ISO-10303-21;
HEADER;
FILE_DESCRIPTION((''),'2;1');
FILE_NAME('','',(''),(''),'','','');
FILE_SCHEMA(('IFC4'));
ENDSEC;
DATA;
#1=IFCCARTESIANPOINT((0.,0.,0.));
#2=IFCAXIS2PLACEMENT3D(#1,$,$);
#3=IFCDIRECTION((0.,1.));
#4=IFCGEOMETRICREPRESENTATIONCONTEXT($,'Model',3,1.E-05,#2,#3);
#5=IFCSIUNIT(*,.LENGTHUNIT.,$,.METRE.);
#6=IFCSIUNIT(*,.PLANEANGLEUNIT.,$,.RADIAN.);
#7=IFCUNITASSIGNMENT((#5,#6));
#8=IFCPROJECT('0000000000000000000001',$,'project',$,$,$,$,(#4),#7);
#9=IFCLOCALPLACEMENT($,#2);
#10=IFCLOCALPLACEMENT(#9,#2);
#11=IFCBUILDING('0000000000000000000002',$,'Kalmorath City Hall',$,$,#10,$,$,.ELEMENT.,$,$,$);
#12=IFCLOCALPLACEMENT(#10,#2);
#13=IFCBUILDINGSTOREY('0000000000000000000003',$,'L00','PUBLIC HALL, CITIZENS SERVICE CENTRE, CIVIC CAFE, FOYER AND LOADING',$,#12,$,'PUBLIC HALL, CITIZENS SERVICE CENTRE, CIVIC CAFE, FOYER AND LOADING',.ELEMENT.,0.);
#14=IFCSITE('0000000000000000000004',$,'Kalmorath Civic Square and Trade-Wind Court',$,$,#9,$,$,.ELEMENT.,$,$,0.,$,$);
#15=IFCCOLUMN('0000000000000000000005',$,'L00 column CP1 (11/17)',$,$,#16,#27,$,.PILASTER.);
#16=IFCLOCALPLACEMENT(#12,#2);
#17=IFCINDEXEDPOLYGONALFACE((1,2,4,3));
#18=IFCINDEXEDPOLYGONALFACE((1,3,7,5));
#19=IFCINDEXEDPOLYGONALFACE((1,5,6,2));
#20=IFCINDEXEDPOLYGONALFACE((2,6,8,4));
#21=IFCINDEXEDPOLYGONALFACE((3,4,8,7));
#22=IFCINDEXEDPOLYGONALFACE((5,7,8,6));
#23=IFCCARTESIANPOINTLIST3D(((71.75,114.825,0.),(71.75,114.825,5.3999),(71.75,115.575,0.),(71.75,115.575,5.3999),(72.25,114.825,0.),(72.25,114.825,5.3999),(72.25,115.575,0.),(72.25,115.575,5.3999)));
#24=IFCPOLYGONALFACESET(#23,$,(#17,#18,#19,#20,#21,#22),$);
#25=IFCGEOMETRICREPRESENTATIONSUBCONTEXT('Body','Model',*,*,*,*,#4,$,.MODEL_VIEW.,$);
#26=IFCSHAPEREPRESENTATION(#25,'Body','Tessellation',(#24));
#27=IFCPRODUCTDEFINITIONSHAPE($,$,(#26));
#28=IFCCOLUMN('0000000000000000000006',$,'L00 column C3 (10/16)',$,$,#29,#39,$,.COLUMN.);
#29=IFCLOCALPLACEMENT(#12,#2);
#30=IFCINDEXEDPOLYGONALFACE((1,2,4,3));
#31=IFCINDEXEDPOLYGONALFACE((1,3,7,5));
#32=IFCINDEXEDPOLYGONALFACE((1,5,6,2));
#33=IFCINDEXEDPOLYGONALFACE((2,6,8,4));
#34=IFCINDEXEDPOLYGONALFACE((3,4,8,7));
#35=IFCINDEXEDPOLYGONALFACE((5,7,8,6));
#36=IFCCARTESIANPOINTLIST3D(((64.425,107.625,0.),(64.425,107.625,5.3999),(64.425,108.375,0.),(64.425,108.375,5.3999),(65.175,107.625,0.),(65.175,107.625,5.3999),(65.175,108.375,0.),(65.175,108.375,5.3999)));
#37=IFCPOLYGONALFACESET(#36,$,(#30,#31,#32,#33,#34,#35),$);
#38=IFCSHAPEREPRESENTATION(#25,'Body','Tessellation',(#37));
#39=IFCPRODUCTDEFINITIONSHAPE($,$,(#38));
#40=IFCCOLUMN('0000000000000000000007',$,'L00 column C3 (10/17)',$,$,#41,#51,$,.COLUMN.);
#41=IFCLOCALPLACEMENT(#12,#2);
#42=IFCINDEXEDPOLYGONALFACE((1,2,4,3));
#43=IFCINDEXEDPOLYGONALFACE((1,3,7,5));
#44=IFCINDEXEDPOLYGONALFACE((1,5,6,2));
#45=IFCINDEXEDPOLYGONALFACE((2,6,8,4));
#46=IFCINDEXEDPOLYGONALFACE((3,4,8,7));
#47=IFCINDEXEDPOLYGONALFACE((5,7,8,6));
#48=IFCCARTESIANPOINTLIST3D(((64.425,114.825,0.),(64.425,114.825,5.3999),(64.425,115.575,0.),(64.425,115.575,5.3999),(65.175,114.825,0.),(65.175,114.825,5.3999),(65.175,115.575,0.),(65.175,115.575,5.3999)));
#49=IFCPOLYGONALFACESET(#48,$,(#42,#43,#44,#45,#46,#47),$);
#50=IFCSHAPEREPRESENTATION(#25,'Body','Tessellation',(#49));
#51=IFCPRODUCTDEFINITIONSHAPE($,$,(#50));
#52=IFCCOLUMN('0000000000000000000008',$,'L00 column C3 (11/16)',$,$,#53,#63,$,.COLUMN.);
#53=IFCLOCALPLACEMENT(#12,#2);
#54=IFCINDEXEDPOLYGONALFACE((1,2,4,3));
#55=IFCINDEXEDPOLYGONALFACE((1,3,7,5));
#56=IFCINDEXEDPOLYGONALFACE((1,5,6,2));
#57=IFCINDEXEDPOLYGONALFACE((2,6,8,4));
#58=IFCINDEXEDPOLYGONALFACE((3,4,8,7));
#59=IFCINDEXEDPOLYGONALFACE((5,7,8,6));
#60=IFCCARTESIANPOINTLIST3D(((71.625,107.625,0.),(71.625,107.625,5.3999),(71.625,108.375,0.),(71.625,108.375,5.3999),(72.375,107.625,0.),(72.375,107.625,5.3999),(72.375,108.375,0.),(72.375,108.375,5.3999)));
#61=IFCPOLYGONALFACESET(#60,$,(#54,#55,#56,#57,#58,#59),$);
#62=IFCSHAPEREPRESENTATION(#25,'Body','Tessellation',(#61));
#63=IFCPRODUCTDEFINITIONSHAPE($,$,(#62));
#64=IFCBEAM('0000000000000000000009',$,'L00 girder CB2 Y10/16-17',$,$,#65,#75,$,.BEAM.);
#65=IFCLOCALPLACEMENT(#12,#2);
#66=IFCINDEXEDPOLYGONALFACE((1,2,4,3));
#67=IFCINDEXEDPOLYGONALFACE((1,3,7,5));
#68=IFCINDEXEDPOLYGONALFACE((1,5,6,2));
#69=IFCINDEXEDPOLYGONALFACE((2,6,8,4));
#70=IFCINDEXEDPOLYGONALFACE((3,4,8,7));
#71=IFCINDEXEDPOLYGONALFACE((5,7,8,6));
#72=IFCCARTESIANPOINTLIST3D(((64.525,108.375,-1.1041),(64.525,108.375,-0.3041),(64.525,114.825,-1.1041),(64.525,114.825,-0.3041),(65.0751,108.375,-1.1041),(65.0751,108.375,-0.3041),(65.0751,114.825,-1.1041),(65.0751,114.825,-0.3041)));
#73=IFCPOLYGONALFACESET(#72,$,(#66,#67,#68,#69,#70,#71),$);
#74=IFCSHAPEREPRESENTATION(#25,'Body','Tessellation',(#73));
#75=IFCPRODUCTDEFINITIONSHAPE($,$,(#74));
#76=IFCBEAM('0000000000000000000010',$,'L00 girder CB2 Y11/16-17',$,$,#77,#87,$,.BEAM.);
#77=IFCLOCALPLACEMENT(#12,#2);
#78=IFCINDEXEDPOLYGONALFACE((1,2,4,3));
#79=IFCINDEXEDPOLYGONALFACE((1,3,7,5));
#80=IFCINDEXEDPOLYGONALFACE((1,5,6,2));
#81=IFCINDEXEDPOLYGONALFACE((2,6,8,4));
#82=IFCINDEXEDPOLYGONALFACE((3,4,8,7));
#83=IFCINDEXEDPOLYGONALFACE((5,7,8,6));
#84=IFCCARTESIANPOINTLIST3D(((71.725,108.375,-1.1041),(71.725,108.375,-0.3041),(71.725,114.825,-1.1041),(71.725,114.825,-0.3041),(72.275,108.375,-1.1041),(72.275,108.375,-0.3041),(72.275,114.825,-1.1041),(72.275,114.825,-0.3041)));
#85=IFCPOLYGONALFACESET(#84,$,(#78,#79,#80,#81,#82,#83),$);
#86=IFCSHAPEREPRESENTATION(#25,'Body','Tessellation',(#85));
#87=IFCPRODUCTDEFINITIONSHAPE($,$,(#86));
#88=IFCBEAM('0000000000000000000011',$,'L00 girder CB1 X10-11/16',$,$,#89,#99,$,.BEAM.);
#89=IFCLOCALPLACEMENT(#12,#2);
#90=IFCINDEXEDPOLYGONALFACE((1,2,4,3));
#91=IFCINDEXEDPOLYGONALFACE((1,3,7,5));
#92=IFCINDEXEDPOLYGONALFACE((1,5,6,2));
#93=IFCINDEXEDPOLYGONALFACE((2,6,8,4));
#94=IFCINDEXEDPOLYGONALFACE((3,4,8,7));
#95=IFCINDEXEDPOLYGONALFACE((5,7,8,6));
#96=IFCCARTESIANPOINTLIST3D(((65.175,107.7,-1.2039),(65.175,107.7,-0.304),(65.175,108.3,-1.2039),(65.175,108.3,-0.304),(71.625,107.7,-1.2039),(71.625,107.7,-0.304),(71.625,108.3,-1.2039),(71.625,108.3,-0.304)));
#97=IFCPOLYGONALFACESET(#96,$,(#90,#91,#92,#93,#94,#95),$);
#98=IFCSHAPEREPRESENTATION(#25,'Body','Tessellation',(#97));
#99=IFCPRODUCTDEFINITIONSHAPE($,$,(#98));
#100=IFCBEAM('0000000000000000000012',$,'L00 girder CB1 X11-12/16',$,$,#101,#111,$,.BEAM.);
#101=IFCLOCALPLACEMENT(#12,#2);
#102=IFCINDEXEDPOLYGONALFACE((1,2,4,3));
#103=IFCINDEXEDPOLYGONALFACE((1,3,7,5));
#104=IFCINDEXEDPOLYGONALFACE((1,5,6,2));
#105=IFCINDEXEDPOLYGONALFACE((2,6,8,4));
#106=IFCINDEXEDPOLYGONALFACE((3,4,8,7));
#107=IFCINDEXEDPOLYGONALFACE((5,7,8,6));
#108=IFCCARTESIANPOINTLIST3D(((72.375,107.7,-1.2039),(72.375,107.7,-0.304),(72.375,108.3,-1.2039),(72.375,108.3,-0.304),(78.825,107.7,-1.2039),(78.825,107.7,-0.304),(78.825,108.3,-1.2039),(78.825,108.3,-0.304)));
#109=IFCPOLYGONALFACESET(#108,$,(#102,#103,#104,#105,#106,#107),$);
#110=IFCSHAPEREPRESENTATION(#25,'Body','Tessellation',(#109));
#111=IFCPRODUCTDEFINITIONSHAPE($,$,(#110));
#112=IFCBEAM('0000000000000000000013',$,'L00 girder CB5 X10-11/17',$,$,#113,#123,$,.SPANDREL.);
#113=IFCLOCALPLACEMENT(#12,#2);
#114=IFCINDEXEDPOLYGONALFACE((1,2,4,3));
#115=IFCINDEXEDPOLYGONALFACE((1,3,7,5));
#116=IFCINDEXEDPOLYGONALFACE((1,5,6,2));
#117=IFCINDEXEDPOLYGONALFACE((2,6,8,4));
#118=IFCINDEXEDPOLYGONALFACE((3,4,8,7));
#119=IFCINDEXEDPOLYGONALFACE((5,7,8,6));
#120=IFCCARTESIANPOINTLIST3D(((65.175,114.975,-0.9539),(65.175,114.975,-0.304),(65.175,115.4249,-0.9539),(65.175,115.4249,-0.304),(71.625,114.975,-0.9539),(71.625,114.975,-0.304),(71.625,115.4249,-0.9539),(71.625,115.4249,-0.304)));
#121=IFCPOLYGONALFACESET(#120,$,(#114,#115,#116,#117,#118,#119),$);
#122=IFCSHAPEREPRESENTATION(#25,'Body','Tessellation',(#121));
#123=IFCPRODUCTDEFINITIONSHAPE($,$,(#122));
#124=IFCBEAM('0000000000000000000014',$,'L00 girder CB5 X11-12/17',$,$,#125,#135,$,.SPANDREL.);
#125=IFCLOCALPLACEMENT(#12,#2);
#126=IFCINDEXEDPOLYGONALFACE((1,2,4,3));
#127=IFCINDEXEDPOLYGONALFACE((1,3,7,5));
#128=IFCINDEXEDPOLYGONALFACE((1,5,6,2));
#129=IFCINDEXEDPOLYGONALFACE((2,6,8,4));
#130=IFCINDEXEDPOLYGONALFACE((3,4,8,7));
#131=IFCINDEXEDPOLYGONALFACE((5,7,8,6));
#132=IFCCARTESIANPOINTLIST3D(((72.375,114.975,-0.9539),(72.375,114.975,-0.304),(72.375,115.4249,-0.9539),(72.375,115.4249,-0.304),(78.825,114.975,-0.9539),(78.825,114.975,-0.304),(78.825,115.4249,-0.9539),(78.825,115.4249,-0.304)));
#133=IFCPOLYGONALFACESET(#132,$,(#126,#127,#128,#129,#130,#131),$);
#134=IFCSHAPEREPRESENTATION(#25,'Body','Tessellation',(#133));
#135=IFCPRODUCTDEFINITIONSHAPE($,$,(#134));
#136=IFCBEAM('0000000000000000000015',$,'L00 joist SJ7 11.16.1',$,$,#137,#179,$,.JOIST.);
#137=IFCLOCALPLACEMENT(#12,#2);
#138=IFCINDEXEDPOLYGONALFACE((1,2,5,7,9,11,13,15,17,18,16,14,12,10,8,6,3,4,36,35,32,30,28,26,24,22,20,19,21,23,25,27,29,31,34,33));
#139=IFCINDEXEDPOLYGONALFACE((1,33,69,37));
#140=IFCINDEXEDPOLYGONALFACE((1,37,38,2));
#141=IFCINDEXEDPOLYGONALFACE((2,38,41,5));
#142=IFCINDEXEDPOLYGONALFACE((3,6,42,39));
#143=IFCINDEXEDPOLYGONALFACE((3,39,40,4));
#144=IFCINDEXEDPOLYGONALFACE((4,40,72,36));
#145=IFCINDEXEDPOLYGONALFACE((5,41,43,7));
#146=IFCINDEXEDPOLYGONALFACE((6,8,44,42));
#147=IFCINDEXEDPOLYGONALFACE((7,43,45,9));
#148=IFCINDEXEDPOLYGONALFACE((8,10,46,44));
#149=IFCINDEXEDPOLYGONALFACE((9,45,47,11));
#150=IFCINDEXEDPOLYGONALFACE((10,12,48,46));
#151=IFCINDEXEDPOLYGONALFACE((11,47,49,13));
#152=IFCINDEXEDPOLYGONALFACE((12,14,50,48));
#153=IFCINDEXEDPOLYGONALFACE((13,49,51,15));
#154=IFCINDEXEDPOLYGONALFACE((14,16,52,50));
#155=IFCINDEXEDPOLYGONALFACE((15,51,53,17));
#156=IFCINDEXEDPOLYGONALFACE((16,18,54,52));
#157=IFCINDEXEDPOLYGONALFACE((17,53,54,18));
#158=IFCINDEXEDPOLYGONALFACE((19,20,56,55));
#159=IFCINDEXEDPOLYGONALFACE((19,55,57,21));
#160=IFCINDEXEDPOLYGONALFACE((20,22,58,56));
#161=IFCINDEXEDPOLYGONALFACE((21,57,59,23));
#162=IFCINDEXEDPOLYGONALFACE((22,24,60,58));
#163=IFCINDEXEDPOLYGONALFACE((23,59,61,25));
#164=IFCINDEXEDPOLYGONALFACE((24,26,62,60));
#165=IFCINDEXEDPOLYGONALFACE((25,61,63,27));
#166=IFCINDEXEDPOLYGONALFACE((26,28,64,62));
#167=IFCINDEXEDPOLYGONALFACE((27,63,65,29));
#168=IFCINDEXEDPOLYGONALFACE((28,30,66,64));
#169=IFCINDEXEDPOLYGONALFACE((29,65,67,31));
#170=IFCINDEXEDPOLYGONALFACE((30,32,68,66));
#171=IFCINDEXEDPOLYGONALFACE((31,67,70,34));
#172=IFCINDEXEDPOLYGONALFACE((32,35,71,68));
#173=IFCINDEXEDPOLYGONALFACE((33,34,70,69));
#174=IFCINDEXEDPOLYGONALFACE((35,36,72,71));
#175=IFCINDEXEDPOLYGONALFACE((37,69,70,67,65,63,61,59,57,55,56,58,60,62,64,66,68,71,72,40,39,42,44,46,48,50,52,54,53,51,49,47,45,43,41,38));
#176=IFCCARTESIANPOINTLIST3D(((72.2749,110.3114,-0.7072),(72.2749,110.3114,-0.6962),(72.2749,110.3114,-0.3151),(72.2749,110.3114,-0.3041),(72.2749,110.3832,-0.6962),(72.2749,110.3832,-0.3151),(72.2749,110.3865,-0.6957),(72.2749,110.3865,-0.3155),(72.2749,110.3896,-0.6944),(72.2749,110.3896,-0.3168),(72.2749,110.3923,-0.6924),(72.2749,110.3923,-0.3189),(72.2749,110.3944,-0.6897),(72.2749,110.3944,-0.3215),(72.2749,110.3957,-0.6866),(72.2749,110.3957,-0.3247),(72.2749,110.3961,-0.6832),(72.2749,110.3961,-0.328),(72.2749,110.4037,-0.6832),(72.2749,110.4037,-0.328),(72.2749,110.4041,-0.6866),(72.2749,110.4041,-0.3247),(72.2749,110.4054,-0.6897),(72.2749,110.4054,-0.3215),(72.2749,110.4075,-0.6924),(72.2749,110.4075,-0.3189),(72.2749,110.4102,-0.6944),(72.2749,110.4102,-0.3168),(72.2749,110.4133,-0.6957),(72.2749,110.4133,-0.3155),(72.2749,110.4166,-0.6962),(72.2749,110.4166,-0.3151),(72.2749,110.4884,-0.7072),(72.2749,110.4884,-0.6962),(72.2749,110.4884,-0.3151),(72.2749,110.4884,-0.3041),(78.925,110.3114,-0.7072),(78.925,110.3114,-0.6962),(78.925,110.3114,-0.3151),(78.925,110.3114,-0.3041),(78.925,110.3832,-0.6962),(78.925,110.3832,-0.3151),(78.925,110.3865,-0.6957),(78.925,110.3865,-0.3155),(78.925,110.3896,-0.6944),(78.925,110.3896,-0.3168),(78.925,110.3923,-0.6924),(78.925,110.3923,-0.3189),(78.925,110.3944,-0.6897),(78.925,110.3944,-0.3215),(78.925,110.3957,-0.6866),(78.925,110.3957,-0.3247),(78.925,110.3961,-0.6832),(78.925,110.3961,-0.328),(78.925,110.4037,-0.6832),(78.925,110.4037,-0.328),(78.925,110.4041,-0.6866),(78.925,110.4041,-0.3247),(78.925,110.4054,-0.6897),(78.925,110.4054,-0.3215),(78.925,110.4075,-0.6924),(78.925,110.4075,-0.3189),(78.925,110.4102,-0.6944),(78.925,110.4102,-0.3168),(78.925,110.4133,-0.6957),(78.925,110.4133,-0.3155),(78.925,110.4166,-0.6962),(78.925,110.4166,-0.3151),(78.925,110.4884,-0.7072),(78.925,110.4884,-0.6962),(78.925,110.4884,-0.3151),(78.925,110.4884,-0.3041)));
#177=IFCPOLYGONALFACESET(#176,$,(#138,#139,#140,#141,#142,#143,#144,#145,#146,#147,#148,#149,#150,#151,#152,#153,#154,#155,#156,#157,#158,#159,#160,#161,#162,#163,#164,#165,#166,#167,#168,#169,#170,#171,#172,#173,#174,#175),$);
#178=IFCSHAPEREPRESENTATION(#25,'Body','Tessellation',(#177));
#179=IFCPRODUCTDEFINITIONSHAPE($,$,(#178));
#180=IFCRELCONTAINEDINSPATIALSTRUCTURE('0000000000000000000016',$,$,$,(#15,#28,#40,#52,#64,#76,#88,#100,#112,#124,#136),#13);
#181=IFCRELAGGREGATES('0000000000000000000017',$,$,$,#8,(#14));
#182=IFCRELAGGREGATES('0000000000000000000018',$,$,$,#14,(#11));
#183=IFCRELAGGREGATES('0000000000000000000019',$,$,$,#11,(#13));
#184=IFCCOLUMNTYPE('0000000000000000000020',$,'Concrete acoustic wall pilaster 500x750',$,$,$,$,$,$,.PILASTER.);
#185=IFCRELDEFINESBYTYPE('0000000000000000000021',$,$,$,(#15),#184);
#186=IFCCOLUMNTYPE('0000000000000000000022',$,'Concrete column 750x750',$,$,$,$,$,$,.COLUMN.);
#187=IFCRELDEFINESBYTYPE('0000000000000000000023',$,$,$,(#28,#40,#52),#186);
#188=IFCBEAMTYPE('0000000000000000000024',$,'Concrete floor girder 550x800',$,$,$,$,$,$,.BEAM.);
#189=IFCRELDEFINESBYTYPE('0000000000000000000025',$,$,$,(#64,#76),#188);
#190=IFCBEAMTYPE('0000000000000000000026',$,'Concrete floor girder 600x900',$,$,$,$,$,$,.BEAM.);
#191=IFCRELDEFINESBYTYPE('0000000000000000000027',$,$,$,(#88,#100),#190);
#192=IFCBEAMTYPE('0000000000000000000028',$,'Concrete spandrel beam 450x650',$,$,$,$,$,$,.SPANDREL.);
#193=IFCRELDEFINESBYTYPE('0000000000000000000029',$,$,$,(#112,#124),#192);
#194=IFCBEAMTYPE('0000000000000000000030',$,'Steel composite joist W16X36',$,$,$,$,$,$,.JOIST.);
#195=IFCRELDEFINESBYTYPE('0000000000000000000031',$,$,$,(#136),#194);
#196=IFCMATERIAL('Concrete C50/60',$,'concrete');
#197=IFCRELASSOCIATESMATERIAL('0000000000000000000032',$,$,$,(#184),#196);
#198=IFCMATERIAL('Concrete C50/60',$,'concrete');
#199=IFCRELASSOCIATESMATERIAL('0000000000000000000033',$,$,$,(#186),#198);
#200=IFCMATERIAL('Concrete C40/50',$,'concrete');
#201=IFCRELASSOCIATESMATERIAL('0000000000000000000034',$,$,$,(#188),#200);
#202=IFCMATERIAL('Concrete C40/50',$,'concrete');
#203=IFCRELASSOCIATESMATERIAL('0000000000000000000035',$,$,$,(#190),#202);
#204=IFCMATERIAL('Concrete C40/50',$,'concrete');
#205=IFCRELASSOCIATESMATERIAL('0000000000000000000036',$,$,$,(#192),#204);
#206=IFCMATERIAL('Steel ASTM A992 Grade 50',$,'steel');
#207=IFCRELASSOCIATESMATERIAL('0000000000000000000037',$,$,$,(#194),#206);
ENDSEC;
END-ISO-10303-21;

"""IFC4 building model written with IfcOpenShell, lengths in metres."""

from ifc_helpers import new_model, si_unit, direction, frame, origin, origin_2d, place, context, subcontext, project, spatial, rectangle, i_section, extrude, material, material_profile, profile_set, type_object, element, save


model = new_model("IFC4")

# Units and contexts
model_context = context("Model", 3, precision=1e-05, world=origin(), true_north=direction((0.0, 1.0)))
body_context = subcontext(model_context, "Body", "Model", "MODEL_VIEW")
ifc_project = project(units=[si_unit("LENGTHUNIT", "METRE"), si_unit("PLANEANGLEUNIT", "RADIAN")], contexts=[model_context])

# Site, building, storey
site_placement = place(None, origin())
site = spatial("IfcSite", under=ifc_project, at=site_placement, Name="Kalmorath Civic Square and Trade-Wind Court", CompositionType="ELEMENT", RefElevation=0.0)
building_placement = place(site_placement, origin())
building = spatial("IfcBuilding", under=site, at=building_placement, Name="Kalmorath City Hall", CompositionType="ELEMENT")
storey_placement = place(building_placement, origin())
storey = spatial("IfcBuildingStorey", under=building, at=storey_placement, Name="L00", Description="PUBLIC HALL, CITIZENS SERVICE CENTRE, CIVIC CAFE, FOYER AND LOADING", LongName="PUBLIC HALL, CITIZENS SERVICE CENTRE, CIVIC CAFE, FOYER AND LOADING", CompositionType="ELEMENT", Elevation=0.0)

# Columns
ifc_material_1 = material(Name="Concrete C50/60", Category="concrete")
ifc_material_profile_1 = material_profile(ifc_material_1, rectangle(XDim=0.5, YDim=0.75, at=origin_2d()), Name="RC-PIL-500X750")
ifc_profile_set_1 = profile_set([ifc_material_profile_1], Name="Concrete C50/60")
column_type_1 = type_object("IfcColumnType", Name="Concrete acoustic wall pilaster 500x750", PredefinedType="PILASTER", material=ifc_profile_set_1)
column_placement = place(storey_placement, frame((72.0, 115.2, 0.0), z_axis=(0.0, 0.0, 1.0), x_axis=(1.0, 0.0, 0.0)))
element("IfcColumn", 1, at=column_placement, inside=storey, type_object=column_type_1, Name="L00 column CP1 (11/17)", PredefinedType="PILASTER", context=body_context, shape_type="SweptSolid", body=[
    extrude(rectangle(XDim=0.5, YDim=0.75, at=origin_2d()), origin(), (0.0, 0.0, 1.0), 5.3999),
])
ifc_material_2 = material(Name="Concrete C50/60", Category="concrete")
ifc_material_profile_2 = material_profile(ifc_material_2, rectangle(XDim=0.75, YDim=0.75, at=origin_2d()), Name="RC-COL-750X750")
ifc_profile_set_2 = profile_set([ifc_material_profile_2], Name="Concrete C50/60")
column_type_2 = type_object("IfcColumnType", Name="Concrete column 750x750", PredefinedType="COLUMN", material=ifc_profile_set_2)
for number, where, z_axis, x_axis, name in (
    (2, (64.8, 108.0, 0.0), (0.0, 0.0, 1.0), (1.0, 0.0, 0.0), "L00 column C3 (10/16)"),
    (3, (64.8, 115.2, 0.0), (0.0, 0.0, 1.0), (1.0, 0.0, 0.0), "L00 column C3 (10/17)"),
    (4, (72.0, 108.0, 0.0), (0.0, 0.0, 1.0), (1.0, 0.0, 0.0), "L00 column C3 (11/16)"),
):
    element("IfcColumn", number, at=place(storey_placement, frame(where, z_axis=z_axis, x_axis=x_axis)), inside=storey, type_object=column_type_2, Name=name, PredefinedType="COLUMN", context=body_context, shape_type="SweptSolid", body=[
        extrude(rectangle(XDim=0.75, YDim=0.75, at=origin_2d()), origin(), (0.0, 0.0, 1.0), 5.3999),
    ])

# Beams
ifc_material_3 = material(Name="Concrete C40/50", Category="concrete")
ifc_material_profile_3 = material_profile(ifc_material_3, rectangle(XDim=0.55, YDim=0.8, at=origin_2d()), Name="RC-BM-550X800")
ifc_profile_set_3 = profile_set([ifc_material_profile_3], Name="Concrete C40/50")
beam_type_1 = type_object("IfcBeamType", Name="Concrete floor girder 550x800", PredefinedType="BEAM", material=ifc_profile_set_3)
for number, where, z_axis, x_axis, name in (
    (5, (64.8, 108.375, -0.7041), (0.0, 1.0, 0.0), (-1.0, 0.0, 0.0), "L00 girder CB2 Y10/16-17"),
    (6, (72.0, 108.375, -0.7041), (0.0, 1.0, 0.0), (-1.0, 0.0, 0.0), "L00 girder CB2 Y11/16-17"),
):
    element("IfcBeam", number, at=place(storey_placement, frame(where, z_axis=z_axis, x_axis=x_axis)), inside=storey, type_object=beam_type_1, Name=name, PredefinedType="BEAM", context=body_context, shape_type="SweptSolid", body=[
        extrude(rectangle(XDim=0.55, YDim=0.8, at=origin_2d()), origin(), (0.0, 0.0, 1.0), 6.45),
    ])
ifc_material_4 = material(Name="Concrete C40/50", Category="concrete")
ifc_material_profile_4 = material_profile(ifc_material_4, rectangle(XDim=0.6001, YDim=0.8999, at=origin_2d()), Name="RC-BM-600X900")
ifc_profile_set_4 = profile_set([ifc_material_profile_4], Name="Concrete C40/50")
beam_type_2 = type_object("IfcBeamType", Name="Concrete floor girder 600x900", PredefinedType="BEAM", material=ifc_profile_set_4)
for number, where, z_axis, x_axis, name in (
    (7, (65.175, 108.0, -0.7539), (1.0, 0.0, 0.0), (0.0, 1.0, 0.0), "L00 girder CB1 X10-11/16"),
    (8, (72.375, 108.0, -0.7539), (1.0, 0.0, 0.0), (0.0, 1.0, 0.0), "L00 girder CB1 X11-12/16"),
):
    element("IfcBeam", number, at=place(storey_placement, frame(where, z_axis=z_axis, x_axis=x_axis)), inside=storey, type_object=beam_type_2, Name=name, PredefinedType="BEAM", context=body_context, shape_type="SweptSolid", body=[
        extrude(rectangle(XDim=0.6001, YDim=0.8999, at=origin_2d()), origin(), (0.0, 0.0, 1.0), 6.45),
    ])
ifc_material_5 = material(Name="Concrete C40/50", Category="concrete")
ifc_material_profile_5 = material_profile(ifc_material_5, rectangle(XDim=0.45, YDim=0.6499, at=origin_2d()), Name="RC-BM-450X650")
ifc_profile_set_5 = profile_set([ifc_material_profile_5], Name="Concrete C40/50")
beam_type_3 = type_object("IfcBeamType", Name="Concrete spandrel beam 450x650", PredefinedType="SPANDREL", material=ifc_profile_set_5)
for number, where, z_axis, x_axis, name in (
    (9, (65.175, 115.2, -0.6289), (1.0, 0.0, 0.0), (0.0, 1.0, 0.0), "L00 girder CB5 X10-11/17"),
    (10, (72.375, 115.2, -0.6289), (1.0, 0.0, 0.0), (0.0, 1.0, 0.0), "L00 girder CB5 X11-12/17"),
):
    element("IfcBeam", number, at=place(storey_placement, frame(where, z_axis=z_axis, x_axis=x_axis)), inside=storey, type_object=beam_type_3, Name=name, PredefinedType="SPANDREL", context=body_context, shape_type="SweptSolid", body=[
        extrude(rectangle(XDim=0.45, YDim=0.6499, at=origin_2d()), origin(), (0.0, 0.0, 1.0), 6.45),
    ])
ifc_material_6 = material(Name="Steel ASTM A992 Grade 50", Category="steel")
ifc_material_profile_6 = material_profile(ifc_material_6, i_section(OverallWidth=0.177, OverallDepth=0.4031, WebThickness=0.0076, FlangeThickness=0.011, FilletRadius=0.0129, at=origin_2d()), Name="W16X36")
ifc_profile_set_6 = profile_set([ifc_material_profile_6], Name="Steel ASTM A992 Grade 50")
beam_type_4 = type_object("IfcBeamType", Name="Steel composite joist W16X36", PredefinedType="JOIST", material=ifc_profile_set_6)
for number, where, z_axis, x_axis, name in (
    (11, (72.2749, 110.3999, -0.5056), (1.0, 0.0, 0.0), (0.0, 1.0, 0.0), "L00 joist SJ7 11.16.1"),
):
    element("IfcBeam", number, at=place(storey_placement, frame(where, z_axis=z_axis, x_axis=x_axis)), inside=storey, type_object=beam_type_4, Name=name, PredefinedType="JOIST", context=body_context, shape_type="SweptSolid", body=[
        extrude(i_section(OverallWidth=0.177, OverallDepth=0.4031, WebThickness=0.0076, FlangeThickness=0.011, FilletRadius=0.0129, at=origin_2d()), origin(), (0.0, 0.0, 1.0), 6.6501),
    ])

save(model, "model.ifc")
